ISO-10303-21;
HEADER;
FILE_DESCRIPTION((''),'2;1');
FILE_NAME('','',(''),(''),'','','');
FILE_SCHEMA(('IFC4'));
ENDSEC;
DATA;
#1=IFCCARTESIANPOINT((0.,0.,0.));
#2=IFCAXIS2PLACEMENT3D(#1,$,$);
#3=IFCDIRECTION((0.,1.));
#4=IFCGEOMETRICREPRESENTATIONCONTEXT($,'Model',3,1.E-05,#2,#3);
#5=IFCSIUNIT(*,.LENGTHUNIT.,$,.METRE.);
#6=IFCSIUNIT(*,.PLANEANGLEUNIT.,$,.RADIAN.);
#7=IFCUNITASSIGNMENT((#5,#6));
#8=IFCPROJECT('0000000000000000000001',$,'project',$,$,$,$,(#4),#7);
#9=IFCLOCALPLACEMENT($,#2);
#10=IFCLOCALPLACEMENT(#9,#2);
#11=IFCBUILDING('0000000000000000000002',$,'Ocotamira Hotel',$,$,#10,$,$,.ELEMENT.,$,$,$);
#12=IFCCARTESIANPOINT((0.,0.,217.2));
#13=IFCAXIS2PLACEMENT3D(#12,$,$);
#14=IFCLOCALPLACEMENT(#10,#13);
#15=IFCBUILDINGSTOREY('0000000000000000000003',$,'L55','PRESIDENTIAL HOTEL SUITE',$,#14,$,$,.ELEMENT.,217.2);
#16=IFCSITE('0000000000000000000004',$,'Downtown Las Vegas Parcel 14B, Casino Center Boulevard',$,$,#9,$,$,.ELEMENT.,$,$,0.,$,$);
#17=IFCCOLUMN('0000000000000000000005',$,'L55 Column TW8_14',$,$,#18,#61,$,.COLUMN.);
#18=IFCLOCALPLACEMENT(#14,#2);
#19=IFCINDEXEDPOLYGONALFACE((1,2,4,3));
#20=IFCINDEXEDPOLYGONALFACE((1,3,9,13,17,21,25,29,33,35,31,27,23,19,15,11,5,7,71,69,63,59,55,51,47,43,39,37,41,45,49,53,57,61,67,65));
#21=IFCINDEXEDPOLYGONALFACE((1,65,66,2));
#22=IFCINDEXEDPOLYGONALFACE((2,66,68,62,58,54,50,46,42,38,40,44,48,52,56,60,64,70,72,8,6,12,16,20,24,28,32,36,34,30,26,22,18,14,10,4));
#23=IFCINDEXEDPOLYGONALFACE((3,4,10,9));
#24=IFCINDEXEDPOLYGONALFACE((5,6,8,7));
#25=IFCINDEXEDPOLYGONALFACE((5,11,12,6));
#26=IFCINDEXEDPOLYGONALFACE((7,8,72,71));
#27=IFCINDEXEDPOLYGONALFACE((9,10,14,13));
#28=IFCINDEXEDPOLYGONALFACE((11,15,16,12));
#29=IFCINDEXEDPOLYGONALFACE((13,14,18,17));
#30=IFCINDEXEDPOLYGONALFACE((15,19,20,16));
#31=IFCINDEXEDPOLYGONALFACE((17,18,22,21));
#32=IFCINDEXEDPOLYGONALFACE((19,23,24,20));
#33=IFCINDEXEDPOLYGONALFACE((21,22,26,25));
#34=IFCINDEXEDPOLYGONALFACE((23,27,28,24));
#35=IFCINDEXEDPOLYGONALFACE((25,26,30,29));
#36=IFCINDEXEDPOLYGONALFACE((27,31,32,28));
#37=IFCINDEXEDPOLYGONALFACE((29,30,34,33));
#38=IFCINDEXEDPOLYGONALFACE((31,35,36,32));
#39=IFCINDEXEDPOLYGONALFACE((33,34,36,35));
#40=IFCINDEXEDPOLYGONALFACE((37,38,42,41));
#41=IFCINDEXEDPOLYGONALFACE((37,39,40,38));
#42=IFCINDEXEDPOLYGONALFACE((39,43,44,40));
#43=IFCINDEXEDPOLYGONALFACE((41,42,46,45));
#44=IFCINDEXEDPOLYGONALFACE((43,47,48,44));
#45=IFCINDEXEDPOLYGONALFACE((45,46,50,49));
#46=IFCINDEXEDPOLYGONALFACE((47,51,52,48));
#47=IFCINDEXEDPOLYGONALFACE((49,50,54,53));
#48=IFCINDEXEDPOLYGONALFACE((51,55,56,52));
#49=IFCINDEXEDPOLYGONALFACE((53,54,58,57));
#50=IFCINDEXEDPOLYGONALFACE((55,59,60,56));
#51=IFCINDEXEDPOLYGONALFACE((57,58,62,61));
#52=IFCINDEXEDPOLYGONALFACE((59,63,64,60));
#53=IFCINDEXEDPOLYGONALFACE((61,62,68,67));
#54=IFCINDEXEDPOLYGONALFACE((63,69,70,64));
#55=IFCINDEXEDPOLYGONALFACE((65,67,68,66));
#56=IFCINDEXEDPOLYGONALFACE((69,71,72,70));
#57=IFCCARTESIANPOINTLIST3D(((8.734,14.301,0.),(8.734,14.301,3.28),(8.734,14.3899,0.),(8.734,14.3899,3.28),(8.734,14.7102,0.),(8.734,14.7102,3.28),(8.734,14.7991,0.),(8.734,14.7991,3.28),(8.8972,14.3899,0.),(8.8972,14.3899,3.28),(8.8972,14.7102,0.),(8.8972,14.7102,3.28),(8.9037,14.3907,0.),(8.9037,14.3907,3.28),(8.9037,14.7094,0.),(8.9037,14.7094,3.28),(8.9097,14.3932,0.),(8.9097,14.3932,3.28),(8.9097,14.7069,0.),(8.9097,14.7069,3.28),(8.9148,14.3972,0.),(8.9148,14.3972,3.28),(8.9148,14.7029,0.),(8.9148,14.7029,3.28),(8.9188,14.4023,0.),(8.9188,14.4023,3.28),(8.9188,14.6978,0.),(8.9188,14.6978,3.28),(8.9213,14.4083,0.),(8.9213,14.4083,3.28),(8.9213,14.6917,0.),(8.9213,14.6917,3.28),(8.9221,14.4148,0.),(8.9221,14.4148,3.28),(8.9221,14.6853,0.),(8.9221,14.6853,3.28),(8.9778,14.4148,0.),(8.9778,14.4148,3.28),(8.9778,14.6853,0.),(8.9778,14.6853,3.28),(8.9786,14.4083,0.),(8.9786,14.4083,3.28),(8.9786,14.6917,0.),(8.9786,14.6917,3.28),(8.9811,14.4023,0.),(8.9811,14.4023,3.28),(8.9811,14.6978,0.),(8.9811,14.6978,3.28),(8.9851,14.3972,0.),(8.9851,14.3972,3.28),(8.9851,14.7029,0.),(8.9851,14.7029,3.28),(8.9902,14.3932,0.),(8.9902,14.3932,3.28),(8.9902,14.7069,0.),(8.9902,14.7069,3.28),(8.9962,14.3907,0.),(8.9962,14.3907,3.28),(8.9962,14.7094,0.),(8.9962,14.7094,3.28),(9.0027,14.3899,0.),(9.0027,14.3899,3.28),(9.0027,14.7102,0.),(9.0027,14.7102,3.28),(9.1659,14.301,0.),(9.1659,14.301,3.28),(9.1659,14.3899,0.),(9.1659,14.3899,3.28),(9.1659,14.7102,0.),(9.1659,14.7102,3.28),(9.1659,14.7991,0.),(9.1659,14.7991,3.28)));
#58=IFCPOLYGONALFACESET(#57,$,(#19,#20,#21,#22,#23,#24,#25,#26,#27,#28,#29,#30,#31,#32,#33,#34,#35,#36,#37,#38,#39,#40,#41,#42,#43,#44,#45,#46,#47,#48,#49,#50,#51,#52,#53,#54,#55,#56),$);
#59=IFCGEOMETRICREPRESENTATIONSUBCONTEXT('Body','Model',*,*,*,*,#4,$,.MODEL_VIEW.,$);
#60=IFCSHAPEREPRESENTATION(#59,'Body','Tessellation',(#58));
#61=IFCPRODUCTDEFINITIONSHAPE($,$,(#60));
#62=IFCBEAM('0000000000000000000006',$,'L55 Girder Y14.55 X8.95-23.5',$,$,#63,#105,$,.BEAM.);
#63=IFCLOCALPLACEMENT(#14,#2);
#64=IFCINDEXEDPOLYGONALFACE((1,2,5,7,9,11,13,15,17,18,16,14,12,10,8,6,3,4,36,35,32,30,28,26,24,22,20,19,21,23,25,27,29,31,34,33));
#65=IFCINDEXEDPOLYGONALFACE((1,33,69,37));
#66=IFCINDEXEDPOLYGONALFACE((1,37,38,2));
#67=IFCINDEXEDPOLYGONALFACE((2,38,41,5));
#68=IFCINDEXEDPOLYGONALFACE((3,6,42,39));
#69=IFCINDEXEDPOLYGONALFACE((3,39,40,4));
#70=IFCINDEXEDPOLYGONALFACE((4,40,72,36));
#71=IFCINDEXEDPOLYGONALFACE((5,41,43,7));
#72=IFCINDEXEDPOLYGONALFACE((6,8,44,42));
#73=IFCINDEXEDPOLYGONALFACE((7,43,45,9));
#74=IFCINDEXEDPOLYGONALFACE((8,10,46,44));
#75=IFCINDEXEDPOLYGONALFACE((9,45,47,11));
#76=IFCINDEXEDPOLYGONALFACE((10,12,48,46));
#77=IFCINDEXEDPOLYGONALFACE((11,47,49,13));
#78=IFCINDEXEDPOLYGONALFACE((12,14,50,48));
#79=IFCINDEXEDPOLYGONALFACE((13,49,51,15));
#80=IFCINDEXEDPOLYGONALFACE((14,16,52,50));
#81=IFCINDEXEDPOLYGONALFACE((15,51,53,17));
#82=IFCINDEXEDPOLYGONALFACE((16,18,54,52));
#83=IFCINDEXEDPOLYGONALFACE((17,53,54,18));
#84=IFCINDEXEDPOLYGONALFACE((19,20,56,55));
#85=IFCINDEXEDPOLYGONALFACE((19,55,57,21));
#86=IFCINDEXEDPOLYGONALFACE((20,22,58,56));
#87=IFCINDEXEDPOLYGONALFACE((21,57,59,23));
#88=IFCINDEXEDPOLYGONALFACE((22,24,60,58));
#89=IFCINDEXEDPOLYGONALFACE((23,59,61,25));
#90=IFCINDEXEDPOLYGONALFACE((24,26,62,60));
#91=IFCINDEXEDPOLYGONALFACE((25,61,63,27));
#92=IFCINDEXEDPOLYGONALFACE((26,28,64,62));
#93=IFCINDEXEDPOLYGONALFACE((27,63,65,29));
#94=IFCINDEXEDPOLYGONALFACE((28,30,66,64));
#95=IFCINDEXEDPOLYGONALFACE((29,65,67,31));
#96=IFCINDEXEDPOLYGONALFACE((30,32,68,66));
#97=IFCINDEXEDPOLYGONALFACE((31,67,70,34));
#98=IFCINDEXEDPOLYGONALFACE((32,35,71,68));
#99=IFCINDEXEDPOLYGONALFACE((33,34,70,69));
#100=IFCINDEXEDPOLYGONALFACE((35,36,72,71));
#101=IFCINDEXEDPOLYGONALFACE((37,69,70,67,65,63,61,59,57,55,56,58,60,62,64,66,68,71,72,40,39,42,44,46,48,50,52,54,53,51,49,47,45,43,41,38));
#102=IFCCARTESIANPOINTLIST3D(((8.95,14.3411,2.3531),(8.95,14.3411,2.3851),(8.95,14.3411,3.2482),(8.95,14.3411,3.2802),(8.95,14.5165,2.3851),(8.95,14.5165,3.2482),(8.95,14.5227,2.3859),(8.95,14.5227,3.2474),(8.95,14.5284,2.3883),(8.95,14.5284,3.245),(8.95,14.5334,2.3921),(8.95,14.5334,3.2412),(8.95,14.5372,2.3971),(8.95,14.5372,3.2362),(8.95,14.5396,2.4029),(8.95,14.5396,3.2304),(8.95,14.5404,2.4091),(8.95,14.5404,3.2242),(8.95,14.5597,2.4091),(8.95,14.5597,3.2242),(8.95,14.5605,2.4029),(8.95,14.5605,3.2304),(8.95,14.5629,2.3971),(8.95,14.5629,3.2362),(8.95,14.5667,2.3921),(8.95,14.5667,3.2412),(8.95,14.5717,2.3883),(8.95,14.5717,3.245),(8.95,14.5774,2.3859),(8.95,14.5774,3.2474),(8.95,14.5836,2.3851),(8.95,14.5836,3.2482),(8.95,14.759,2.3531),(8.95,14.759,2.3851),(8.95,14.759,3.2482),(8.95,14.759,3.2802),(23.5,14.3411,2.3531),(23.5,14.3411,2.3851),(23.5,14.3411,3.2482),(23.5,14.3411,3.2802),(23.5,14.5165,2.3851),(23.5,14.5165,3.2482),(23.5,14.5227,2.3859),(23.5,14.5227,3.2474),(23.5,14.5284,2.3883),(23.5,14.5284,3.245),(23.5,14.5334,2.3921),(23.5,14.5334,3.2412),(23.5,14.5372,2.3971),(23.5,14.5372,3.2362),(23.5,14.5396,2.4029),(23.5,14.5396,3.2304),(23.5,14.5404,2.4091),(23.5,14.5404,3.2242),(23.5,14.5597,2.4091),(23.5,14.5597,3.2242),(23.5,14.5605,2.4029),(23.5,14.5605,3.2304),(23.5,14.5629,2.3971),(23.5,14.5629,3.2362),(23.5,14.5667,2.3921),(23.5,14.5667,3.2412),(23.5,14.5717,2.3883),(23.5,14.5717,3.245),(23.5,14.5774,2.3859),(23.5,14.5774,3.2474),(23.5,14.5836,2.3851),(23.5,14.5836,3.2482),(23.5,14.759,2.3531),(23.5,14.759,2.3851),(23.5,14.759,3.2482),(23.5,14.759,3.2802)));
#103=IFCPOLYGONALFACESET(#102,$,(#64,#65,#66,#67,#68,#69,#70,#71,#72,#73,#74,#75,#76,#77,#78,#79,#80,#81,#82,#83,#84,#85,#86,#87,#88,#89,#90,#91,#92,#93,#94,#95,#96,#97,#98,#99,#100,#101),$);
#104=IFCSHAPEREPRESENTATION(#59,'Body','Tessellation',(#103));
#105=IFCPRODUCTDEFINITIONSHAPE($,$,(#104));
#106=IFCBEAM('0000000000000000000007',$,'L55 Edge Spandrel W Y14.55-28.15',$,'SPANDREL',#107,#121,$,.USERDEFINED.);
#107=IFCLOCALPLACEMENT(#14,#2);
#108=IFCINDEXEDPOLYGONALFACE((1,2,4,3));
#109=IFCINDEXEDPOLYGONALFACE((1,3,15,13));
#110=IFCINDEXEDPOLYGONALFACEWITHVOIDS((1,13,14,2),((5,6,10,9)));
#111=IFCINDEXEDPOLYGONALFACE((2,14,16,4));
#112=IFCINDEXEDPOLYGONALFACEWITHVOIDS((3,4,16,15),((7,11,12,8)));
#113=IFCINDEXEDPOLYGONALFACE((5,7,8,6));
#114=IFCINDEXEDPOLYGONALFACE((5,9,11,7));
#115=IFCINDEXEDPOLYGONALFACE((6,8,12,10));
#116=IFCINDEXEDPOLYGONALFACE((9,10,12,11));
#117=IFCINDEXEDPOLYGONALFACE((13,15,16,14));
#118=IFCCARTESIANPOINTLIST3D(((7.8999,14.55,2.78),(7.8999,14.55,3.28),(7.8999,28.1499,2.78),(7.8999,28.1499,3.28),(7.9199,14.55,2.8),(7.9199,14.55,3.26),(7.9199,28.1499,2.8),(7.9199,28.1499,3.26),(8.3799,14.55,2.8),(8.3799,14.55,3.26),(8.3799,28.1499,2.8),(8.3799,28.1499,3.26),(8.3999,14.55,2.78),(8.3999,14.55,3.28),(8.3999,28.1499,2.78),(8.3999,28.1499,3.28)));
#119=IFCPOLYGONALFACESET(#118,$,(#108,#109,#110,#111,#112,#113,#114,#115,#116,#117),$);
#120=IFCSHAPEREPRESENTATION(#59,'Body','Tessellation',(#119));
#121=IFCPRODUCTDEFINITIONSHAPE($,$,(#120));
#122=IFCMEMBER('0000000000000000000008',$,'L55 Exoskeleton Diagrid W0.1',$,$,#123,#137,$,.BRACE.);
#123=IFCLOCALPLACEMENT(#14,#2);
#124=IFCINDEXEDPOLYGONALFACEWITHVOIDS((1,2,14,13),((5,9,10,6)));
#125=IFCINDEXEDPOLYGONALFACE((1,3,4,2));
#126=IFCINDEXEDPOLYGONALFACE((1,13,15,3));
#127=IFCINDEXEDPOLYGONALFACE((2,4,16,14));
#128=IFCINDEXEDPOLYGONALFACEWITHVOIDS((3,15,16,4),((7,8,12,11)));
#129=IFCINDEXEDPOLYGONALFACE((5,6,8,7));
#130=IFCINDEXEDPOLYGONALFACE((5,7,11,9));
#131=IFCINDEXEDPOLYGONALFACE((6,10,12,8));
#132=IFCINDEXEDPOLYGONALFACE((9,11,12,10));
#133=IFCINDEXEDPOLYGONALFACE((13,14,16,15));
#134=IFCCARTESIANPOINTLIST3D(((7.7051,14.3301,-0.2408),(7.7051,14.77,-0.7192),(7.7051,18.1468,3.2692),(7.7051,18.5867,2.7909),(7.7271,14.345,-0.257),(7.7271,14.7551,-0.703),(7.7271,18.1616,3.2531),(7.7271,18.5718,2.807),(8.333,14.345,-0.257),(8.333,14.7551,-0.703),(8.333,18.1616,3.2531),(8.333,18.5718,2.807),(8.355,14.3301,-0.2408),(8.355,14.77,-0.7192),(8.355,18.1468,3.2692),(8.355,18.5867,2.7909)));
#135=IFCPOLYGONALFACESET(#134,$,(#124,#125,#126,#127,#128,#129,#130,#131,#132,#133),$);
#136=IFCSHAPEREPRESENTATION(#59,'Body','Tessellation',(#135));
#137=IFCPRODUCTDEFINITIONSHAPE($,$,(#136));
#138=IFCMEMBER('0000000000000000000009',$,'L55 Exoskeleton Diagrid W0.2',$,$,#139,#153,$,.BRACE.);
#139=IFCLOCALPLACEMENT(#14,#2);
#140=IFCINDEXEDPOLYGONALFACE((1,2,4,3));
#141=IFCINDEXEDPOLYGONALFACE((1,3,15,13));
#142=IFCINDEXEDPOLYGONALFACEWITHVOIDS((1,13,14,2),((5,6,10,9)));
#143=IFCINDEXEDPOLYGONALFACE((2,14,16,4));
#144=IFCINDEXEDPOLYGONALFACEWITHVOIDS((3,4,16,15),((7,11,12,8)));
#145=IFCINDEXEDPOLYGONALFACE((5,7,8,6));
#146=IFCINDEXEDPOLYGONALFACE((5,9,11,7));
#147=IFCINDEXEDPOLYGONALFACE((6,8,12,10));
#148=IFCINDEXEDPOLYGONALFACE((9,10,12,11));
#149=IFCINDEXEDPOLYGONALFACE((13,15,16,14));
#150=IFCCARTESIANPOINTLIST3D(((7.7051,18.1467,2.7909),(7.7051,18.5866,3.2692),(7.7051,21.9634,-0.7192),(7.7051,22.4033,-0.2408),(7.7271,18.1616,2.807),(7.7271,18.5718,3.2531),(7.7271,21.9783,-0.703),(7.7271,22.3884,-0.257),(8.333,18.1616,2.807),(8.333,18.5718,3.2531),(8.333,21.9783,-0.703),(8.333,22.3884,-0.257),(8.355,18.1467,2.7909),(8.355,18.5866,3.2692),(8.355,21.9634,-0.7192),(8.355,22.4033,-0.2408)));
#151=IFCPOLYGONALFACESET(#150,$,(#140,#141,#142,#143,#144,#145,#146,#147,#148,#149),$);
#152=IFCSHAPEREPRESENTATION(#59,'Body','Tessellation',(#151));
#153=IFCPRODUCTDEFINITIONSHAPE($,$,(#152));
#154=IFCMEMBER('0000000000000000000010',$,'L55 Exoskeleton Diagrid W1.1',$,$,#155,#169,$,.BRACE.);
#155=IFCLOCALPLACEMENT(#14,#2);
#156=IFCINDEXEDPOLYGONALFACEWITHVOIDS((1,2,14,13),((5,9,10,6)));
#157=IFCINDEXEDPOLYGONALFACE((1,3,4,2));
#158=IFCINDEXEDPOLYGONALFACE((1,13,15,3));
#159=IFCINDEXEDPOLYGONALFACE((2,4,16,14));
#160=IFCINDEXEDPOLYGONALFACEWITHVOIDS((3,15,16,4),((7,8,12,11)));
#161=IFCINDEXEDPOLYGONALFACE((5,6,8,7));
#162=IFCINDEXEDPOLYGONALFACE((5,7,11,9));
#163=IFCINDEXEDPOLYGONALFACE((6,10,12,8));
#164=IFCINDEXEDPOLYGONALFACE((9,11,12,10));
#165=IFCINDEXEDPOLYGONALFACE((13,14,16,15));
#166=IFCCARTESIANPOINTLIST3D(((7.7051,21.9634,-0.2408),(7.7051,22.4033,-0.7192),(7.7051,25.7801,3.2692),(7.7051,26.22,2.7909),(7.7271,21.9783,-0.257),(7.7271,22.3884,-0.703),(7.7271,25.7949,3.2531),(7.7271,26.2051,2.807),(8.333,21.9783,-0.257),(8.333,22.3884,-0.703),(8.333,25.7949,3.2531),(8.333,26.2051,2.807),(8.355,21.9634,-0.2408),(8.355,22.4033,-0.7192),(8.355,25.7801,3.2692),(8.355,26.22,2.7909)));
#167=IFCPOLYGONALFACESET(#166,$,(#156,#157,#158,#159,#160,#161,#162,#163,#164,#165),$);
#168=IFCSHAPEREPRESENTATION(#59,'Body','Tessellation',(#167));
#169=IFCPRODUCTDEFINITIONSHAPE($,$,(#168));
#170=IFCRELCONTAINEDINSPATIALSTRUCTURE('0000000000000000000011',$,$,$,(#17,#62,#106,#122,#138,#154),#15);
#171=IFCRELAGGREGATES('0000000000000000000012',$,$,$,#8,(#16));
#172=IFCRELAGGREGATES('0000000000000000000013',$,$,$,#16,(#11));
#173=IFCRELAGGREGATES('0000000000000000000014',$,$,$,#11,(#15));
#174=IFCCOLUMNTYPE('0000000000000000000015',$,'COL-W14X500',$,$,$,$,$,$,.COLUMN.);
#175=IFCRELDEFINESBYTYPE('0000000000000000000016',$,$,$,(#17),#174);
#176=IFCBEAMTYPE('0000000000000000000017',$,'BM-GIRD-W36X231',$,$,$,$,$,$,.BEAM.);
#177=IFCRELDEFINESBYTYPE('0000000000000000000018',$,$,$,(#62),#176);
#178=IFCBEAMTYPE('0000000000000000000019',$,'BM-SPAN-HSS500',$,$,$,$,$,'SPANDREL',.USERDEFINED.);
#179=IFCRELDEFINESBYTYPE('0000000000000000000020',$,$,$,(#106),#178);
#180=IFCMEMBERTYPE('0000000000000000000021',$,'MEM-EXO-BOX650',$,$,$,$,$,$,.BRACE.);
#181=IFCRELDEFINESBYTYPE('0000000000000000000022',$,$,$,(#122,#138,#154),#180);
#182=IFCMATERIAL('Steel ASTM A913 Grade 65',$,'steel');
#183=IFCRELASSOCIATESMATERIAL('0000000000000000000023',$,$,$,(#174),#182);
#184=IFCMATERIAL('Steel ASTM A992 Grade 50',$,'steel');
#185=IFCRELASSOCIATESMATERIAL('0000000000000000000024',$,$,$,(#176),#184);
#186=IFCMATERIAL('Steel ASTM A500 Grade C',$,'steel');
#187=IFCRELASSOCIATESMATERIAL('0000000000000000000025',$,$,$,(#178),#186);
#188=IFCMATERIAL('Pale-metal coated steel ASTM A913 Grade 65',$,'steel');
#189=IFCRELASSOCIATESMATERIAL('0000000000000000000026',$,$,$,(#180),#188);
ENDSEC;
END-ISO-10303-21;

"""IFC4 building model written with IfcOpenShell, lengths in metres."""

from ifc_helpers import new_model, si_unit, direction, frame, origin, origin_2d, place, context, subcontext, project, spatial, hollow_rectangle, i_section, extrude, source, transform, mapped, material, material_profile, profile_set, type_object, element, save


model = new_model("IFC4")

# Units and contexts
model_context = context("Model", 3, precision=1e-05, world=origin(), true_north=direction((0.0, 1.0)))
body_context = subcontext(model_context, "Body", "Model", "MODEL_VIEW")
ifc_project = project(units=[si_unit("LENGTHUNIT", "METRE"), si_unit("PLANEANGLEUNIT", "RADIAN")], contexts=[model_context])

# Site, building, storey
site_placement = place(None, origin())
site = spatial("IfcSite", under=ifc_project, at=site_placement, Name="Downtown Las Vegas Parcel 14B, Casino Center Boulevard", CompositionType="ELEMENT", RefElevation=0.0)
building_placement = place(site_placement, origin())
building = spatial("IfcBuilding", under=site, at=building_placement, Name="Ocotamira Hotel", CompositionType="ELEMENT")
storey_placement = place(building_placement, frame((0.0, 0.0, 217.2)))
storey = spatial("IfcBuildingStorey", under=building, at=storey_placement, Name="L55", Description="PRESIDENTIAL HOTEL SUITE", CompositionType="ELEMENT", Elevation=217.2)

# Column
ifc_material_1 = material(Name="Steel ASTM A913 Grade 65", Category="steel")
ifc_material_profile_1 = material_profile(ifc_material_1, i_section(OverallWidth=0.4319, OverallDepth=0.498, WebThickness=0.0557, FlangeThickness=0.0889, FilletRadius=0.0249, at=origin_2d()), Name="W14X500")
ifc_profile_set_1 = profile_set([ifc_material_profile_1], Name="Steel ASTM A913 Grade 65")
column_type = type_object("IfcColumnType", Name="COL-W14X500", PredefinedType="COLUMN", material=ifc_profile_set_1)
shared_shape_1 = source(origin(), body_context, "Body", "SweptSolid", [
    extrude(i_section(OverallWidth=0.4319, OverallDepth=0.498, WebThickness=0.0557, FlangeThickness=0.0889, FilletRadius=0.0249, at=origin_2d()), origin(), (0.0, 0.0, 1.0), 3.28),
])
column_placement = place(storey_placement, frame((8.95, 14.55, 0.0), z_axis=(0.0, 0.0, 1.0), x_axis=(1.0, 0.0, 0.0)))
element("IfcColumn", 1, at=column_placement, inside=storey, type_object=column_type, Name="L55 Column TW8_14", PredefinedType="COLUMN", context=body_context, shape_type="MappedRepresentation", body=[
    mapped(shared_shape_1, transform((0.0, 0.0, 0.0), scale=1.0)),
])

# Beams
ifc_material_2 = material(Name="Steel ASTM A992 Grade 50", Category="steel")
ifc_material_profile_2 = material_profile(ifc_material_2, i_section(OverallWidth=0.418, OverallDepth=0.927, WebThickness=0.0193, FlangeThickness=0.032, FilletRadius=0.0239, at=origin_2d()), Name="W36X231")
ifc_profile_set_2 = profile_set([ifc_material_profile_2], Name="Steel ASTM A992 Grade 50")
beam_type_1 = type_object("IfcBeamType", Name="BM-GIRD-W36X231", PredefinedType="BEAM", material=ifc_profile_set_2)
shared_shape_2 = source(origin(), body_context, "Body", "SweptSolid", [
    extrude(i_section(OverallWidth=0.418, OverallDepth=0.927, WebThickness=0.0193, FlangeThickness=0.032, FilletRadius=0.0239, at=origin_2d()), origin(), (0.0, 0.0, 1.0), 14.55),
])
beam_1_placement = place(storey_placement, frame((8.95, 14.55, 2.8167), z_axis=(1.0, 0.0, 0.0), x_axis=(0.0, 1.0, 0.0)))
element("IfcBeam", 2, at=beam_1_placement, inside=storey, type_object=beam_type_1, Name="L55 Girder Y14.55 X8.95-23.5", PredefinedType="BEAM", context=body_context, shape_type="MappedRepresentation", body=[
    mapped(shared_shape_2, transform((0.0, 0.0, 0.0), scale=1.0)),
])
ifc_material_3 = material(Name="Steel ASTM A500 Grade C", Category="steel")
ifc_material_profile_3 = material_profile(ifc_material_3, hollow_rectangle(XDim=0.5, YDim=0.5, WallThickness=0.02, at=origin_2d()), Name="HSS500X500X20")
ifc_profile_set_3 = profile_set([ifc_material_profile_3], Name="Steel ASTM A500 Grade C")
beam_type_2 = type_object("IfcBeamType", Name="BM-SPAN-HSS500", ElementType="SPANDREL", PredefinedType="USERDEFINED", material=ifc_profile_set_3)
shared_shape_3 = source(origin(), body_context, "Body", "SweptSolid", [
    extrude(hollow_rectangle(XDim=0.5, YDim=0.5, WallThickness=0.02, at=origin_2d()), origin(), (0.0, 0.0, 1.0), 13.5999),
])
beam_2_placement = place(storey_placement, frame((8.1499, 14.55, 3.03), z_axis=(0.0, 1.0, 0.0), x_axis=(-1.0, 0.0, 0.0)))
element("IfcBeam", 3, at=beam_2_placement, inside=storey, type_object=beam_type_2, Name="L55 Edge Spandrel W Y14.55-28.15", ObjectType="SPANDREL", PredefinedType="USERDEFINED", context=body_context, shape_type="MappedRepresentation", body=[
    mapped(shared_shape_3, transform((0.0, 0.0, 0.0), scale=1.0)),
])

# Members
ifc_material_4 = material(Name="Pale-metal coated steel ASTM A913 Grade 65", Category="steel")
ifc_material_profile_4 = material_profile(ifc_material_4, hollow_rectangle(XDim=0.6499, YDim=0.6499, WallThickness=0.022, at=origin_2d()), Name="BOX650X650X22")
ifc_profile_set_4 = profile_set([ifc_material_profile_4], Name="Pale-metal coated steel ASTM A913 Grade 65")
member_type_1 = type_object("IfcMemberType", Name="MEM-EXO-BOX650", PredefinedType="BRACE", material=ifc_profile_set_4)
shared_shape_4 = source(origin(), body_context, "Body", "SweptSolid", [
    extrude(hollow_rectangle(XDim=0.6499, YDim=0.6499, WallThickness=0.022, at=origin_2d()), origin(), (0.0, 0.0, 1.0), 5.1853),
])
for number, where, z_axis, x_axis, name in (
    (4, (8.03, 14.55, -0.48), (0.0, 0.736057, 0.67692), (-1.0, 0.0, 0.0), "L55 Exoskeleton Diagrid W0.1"),
    (5, (8.03, 22.1833, -0.48), (0.0, -0.736057, 0.67692), (1.0, 0.0, 0.0), "L55 Exoskeleton Diagrid W0.2"),
    (6, (8.03, 22.1833, -0.48), (0.0, 0.736057, 0.67692), (-1.0, 0.0, 0.0), "L55 Exoskeleton Diagrid W1.1"),
):
    element("IfcMember", number, at=place(storey_placement, frame(where, z_axis=z_axis, x_axis=x_axis)), inside=storey, type_object=member_type_1, Name=name, PredefinedType="BRACE", context=body_context, shape_type="MappedRepresentation", body=[
        mapped(shared_shape_4, transform((0.0, 0.0, 0.0), scale=1.0)),
    ])

save(model, "model.ifc")
